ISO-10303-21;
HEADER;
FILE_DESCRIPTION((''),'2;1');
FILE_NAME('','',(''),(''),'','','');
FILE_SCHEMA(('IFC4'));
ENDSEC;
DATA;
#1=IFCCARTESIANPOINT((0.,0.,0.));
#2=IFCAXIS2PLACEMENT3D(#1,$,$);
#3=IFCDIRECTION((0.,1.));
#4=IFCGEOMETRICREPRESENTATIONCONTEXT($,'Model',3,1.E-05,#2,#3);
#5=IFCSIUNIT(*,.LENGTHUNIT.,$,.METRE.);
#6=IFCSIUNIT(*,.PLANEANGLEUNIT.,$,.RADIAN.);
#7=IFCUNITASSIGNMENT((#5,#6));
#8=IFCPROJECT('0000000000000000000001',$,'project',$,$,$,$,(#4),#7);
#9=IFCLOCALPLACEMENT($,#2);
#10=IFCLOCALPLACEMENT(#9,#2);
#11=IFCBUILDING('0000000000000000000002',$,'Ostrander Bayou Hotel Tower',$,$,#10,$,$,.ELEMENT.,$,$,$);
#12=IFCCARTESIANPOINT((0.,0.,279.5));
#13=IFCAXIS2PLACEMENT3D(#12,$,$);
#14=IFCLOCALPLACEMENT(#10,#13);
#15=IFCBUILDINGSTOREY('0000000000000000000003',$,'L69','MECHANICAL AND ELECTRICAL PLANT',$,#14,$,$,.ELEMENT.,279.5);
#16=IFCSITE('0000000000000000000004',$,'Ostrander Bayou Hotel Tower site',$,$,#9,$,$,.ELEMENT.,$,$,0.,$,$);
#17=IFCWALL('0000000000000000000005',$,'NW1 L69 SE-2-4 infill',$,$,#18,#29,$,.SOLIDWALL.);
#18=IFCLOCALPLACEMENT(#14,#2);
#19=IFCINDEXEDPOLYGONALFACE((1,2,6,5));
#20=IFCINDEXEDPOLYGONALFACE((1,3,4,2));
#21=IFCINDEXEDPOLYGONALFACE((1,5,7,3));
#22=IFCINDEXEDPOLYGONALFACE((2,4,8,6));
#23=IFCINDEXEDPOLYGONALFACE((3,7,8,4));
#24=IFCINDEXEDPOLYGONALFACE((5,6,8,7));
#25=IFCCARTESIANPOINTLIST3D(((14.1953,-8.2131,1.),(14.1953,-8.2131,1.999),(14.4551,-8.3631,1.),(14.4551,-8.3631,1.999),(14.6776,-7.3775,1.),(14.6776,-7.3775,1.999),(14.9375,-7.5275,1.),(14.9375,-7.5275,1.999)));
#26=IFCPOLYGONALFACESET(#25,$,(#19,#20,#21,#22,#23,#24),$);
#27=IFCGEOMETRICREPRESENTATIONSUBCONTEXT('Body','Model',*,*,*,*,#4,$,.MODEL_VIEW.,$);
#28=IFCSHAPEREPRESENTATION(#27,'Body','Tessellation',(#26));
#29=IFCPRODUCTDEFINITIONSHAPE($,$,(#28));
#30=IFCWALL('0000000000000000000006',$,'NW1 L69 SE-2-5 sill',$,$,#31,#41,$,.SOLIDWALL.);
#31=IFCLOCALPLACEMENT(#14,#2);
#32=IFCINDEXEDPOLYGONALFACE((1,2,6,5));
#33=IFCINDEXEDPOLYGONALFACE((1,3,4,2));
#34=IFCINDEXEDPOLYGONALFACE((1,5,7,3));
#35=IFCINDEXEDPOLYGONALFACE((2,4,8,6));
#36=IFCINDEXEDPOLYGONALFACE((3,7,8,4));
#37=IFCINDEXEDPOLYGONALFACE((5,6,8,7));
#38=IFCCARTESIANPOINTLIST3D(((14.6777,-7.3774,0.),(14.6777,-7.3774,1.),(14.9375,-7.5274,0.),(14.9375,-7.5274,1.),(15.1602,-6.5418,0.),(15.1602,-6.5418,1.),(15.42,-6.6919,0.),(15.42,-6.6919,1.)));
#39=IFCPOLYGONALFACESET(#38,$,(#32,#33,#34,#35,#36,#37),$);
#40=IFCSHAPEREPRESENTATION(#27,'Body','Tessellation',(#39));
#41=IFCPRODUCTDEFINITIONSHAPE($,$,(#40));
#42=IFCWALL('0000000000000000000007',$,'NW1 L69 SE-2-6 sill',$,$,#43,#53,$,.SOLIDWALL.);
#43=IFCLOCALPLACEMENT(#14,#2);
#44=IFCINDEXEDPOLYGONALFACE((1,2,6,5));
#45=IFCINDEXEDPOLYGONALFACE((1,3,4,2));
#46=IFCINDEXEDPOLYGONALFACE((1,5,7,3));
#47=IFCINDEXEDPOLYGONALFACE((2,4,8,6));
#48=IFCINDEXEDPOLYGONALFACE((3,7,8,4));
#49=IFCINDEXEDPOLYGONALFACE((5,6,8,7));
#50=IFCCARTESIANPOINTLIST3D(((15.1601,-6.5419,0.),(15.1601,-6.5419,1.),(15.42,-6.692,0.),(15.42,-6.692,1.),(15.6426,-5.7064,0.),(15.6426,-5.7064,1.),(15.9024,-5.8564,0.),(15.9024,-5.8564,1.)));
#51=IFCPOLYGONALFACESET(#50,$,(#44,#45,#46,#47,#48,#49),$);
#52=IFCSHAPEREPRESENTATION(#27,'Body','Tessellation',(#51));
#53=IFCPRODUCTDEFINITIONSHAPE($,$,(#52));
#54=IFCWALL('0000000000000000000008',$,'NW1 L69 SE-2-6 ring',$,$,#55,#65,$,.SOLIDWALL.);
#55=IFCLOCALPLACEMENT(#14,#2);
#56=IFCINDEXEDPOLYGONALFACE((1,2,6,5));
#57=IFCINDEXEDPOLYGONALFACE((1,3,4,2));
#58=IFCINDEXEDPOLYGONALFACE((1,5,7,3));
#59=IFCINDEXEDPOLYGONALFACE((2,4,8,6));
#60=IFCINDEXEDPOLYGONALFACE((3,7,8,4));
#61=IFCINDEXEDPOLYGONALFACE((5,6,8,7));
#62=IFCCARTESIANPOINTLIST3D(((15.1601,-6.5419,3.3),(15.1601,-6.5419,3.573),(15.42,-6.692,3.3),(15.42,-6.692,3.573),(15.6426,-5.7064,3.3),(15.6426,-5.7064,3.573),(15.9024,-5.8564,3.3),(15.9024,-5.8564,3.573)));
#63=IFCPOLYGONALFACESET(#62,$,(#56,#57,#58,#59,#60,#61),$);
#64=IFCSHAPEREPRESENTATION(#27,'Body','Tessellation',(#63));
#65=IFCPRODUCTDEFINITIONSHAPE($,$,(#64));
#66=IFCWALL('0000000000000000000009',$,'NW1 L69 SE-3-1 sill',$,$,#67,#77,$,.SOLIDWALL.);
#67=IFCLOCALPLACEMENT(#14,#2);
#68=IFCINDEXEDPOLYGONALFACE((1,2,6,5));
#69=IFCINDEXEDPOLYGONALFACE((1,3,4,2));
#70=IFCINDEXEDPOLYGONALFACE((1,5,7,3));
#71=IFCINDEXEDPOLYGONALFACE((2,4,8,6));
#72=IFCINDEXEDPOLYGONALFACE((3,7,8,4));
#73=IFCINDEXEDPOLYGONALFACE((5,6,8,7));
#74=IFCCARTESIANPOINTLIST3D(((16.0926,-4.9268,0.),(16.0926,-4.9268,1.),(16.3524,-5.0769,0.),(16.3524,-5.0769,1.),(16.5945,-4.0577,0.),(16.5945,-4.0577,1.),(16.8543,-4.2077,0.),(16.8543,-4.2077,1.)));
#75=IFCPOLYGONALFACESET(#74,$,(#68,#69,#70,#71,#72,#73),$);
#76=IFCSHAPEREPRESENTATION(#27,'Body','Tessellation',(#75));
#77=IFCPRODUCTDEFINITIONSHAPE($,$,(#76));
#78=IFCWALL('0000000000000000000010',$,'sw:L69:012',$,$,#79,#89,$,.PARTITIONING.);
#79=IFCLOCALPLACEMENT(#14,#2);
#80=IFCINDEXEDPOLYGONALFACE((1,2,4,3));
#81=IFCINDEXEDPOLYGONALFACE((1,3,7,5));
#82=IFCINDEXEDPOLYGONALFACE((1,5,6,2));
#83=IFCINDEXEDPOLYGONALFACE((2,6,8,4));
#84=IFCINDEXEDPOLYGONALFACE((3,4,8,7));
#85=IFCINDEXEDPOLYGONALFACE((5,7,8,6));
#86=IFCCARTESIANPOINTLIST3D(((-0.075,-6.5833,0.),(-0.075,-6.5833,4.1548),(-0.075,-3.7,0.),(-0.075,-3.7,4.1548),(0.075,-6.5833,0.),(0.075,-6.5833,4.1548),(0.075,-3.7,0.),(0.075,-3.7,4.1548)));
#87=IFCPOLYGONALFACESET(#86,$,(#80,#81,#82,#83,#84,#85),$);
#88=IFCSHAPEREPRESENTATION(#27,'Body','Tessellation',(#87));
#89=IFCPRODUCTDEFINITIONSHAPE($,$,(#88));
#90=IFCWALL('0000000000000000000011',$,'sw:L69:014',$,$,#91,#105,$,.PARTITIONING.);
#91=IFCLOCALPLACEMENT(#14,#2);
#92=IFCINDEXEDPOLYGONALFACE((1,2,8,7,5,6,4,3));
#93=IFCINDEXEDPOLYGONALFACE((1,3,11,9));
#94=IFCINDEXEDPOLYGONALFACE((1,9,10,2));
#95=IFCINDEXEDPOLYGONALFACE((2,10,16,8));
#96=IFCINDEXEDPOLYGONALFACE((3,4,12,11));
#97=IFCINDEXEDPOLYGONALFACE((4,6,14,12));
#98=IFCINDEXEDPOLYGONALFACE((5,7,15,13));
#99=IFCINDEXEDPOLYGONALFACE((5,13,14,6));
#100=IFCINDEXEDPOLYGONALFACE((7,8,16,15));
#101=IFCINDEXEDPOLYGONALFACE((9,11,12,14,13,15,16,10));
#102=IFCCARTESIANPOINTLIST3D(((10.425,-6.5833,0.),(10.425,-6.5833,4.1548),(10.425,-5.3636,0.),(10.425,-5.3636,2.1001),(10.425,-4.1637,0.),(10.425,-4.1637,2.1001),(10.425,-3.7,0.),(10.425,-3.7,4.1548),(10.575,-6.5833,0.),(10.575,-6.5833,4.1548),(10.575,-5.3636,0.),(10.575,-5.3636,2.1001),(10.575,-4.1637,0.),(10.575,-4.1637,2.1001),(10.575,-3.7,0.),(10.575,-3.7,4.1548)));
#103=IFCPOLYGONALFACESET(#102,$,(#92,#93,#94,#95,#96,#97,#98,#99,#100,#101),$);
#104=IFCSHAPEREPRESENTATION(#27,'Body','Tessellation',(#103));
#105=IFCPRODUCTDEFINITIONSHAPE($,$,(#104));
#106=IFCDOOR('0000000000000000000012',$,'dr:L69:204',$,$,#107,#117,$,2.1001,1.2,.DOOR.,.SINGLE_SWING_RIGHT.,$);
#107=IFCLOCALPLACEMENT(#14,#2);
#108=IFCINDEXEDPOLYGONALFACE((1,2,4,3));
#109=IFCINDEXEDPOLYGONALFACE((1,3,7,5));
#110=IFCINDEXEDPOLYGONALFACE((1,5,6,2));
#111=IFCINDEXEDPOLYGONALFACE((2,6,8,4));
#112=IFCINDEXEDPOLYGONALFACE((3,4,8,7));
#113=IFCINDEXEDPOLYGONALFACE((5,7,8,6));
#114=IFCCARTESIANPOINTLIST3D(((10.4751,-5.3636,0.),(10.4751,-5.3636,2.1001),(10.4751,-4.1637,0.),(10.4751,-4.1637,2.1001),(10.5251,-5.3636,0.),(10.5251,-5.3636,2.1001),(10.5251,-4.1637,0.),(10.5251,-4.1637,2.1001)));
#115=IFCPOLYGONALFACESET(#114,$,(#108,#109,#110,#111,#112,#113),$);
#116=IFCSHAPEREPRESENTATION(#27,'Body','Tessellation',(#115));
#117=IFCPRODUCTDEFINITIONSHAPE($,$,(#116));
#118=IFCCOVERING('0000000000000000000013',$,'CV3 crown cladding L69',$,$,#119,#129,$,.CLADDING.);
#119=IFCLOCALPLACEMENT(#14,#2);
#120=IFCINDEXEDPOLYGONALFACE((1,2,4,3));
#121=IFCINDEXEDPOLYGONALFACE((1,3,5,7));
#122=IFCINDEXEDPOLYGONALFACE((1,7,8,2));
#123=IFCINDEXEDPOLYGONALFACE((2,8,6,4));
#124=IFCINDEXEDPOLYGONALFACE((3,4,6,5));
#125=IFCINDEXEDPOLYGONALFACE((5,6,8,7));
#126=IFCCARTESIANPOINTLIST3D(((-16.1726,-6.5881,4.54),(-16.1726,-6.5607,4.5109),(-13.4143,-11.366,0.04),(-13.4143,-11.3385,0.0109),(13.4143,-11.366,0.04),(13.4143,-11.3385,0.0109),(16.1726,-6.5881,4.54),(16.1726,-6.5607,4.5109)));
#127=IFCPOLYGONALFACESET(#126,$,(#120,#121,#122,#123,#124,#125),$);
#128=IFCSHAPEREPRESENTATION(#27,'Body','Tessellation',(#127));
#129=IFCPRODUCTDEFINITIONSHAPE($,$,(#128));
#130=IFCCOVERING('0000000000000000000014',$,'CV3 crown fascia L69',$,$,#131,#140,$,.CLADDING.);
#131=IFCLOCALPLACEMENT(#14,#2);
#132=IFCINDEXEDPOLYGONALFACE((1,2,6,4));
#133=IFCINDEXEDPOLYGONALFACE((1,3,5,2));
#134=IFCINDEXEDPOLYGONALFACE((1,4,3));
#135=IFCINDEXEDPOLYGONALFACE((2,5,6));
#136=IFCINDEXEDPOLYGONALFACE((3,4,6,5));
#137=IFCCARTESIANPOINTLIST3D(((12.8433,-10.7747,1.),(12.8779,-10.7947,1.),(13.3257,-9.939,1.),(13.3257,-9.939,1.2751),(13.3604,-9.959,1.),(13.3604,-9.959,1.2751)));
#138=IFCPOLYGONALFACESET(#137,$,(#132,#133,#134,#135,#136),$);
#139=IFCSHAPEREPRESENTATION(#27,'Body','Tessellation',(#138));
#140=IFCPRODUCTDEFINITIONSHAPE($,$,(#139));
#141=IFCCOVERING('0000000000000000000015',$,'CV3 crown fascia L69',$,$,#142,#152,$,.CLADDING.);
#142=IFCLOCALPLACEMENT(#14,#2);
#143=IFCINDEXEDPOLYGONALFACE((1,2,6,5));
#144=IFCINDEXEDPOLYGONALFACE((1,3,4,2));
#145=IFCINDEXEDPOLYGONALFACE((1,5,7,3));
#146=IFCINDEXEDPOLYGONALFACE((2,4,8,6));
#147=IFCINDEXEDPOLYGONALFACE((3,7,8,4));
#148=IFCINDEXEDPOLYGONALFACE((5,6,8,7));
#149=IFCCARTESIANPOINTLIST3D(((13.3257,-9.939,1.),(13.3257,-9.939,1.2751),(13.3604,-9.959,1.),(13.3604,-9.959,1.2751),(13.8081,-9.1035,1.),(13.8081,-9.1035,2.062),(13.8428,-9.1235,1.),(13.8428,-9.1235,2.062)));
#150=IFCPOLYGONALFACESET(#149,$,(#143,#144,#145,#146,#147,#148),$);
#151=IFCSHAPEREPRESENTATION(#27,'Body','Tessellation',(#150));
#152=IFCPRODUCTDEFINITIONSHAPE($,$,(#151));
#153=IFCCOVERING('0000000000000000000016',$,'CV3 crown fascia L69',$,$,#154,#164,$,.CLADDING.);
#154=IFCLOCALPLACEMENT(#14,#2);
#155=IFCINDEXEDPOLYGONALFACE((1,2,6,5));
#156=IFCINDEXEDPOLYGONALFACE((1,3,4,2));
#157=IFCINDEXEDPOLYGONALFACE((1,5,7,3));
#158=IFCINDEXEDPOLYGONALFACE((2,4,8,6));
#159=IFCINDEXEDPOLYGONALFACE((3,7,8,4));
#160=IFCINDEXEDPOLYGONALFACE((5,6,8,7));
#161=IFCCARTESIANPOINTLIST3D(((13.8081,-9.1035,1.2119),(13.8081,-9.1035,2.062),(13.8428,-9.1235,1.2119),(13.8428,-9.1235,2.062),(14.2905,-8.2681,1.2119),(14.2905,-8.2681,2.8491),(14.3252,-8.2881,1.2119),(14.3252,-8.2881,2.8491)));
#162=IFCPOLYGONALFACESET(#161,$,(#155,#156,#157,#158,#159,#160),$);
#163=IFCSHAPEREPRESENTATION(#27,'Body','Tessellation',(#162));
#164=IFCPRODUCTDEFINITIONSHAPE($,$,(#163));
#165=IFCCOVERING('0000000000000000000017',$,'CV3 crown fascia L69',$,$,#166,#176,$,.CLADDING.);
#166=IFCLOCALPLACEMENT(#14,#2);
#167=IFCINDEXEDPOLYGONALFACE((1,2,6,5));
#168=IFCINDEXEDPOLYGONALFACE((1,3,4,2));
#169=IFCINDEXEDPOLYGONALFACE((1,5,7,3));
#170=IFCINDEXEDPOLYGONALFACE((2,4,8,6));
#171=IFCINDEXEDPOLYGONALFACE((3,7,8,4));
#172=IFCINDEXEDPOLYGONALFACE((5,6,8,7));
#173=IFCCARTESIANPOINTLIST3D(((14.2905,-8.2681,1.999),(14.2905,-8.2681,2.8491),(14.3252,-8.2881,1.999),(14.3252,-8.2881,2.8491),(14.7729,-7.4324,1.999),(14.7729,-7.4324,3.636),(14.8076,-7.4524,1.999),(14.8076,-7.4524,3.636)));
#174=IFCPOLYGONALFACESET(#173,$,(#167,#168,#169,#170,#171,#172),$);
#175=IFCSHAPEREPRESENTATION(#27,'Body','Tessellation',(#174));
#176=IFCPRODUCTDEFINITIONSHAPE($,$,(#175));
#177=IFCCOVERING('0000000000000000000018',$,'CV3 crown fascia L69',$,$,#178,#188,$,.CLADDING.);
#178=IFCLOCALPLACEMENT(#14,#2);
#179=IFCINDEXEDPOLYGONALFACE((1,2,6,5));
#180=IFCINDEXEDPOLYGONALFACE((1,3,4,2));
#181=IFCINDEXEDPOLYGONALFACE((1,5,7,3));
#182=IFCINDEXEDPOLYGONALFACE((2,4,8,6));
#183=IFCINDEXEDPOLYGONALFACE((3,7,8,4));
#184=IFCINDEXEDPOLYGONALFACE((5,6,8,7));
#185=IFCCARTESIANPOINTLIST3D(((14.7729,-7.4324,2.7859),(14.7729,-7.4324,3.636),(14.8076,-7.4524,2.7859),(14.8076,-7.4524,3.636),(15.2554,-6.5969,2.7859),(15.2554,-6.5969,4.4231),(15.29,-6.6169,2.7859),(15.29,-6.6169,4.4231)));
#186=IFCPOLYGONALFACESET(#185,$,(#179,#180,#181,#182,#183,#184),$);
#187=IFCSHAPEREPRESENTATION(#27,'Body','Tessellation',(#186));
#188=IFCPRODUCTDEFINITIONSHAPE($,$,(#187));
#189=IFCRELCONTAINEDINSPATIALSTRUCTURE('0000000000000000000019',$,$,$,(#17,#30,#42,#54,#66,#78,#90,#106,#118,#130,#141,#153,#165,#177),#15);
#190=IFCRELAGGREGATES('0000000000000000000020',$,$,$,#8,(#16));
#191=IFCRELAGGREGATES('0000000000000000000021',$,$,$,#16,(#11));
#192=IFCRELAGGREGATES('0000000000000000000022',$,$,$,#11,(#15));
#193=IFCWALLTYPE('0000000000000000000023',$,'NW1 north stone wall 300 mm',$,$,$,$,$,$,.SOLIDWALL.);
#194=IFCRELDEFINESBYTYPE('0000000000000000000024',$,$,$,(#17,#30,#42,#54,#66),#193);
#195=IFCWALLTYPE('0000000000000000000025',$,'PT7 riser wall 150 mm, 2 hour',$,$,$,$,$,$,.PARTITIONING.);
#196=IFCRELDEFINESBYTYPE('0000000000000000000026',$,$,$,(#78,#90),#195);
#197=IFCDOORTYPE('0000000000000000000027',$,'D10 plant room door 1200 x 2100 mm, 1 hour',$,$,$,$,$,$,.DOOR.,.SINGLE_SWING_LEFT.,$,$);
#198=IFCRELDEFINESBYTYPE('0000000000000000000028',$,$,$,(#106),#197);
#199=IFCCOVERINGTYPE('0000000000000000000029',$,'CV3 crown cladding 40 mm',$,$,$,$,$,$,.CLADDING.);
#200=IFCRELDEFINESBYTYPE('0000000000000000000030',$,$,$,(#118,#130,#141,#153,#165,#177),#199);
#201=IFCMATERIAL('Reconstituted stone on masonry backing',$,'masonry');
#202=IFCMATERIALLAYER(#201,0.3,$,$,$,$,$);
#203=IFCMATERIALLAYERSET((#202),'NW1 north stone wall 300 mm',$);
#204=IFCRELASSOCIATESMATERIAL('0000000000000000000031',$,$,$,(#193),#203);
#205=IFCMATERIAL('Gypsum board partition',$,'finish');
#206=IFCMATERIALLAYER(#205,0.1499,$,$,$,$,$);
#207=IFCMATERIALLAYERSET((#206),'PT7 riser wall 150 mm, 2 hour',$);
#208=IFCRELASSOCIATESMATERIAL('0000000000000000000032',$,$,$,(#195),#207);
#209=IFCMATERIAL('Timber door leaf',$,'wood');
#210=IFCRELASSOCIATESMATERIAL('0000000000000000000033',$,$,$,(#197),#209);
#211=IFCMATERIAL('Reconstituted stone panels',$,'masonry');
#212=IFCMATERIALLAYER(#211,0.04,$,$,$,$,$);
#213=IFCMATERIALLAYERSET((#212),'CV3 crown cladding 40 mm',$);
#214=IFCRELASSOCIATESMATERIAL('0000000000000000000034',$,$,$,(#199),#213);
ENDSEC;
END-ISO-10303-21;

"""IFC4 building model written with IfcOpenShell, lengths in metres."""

from ifc_helpers import new_model, si_unit, direction, frame, frame_2d, origin, place, context, subcontext, project, spatial, polyline, rectangle, outline, extrude, material, layer, layer_set, type_object, element, fill, save


model = new_model("IFC4")

# Units and contexts
model_context = context("Model", 3, precision=1e-05, world=origin(), true_north=direction((0.0, 1.0)))
body_context = subcontext(model_context, "Body", "Model", "MODEL_VIEW")
ifc_project = project(units=[si_unit("LENGTHUNIT", "METRE"), si_unit("PLANEANGLEUNIT", "RADIAN")], contexts=[model_context])

# Site, building, storey
site_placement = place(None, origin())
site = spatial("IfcSite", under=ifc_project, at=site_placement, Name="Ostrander Bayou Hotel Tower site", CompositionType="ELEMENT", RefElevation=0.0)
building_placement = place(site_placement, origin())
building = spatial("IfcBuilding", under=site, at=building_placement, Name="Ostrander Bayou Hotel Tower", CompositionType="ELEMENT")
storey_placement = place(building_placement, frame((0.0, 0.0, 279.5)))
storey = spatial("IfcBuildingStorey", under=building, at=storey_placement, Name="L69", Description="MECHANICAL AND ELECTRICAL PLANT", CompositionType="ELEMENT", Elevation=279.5)

# Walls
ifc_material_1 = material(Name="Reconstituted stone on masonry backing", Category="masonry")
ifc_layer_1 = layer(ifc_material_1, 0.3)
ifc_layer_set_1 = layer_set([ifc_layer_1], Name="NW1 north stone wall 300 mm")
wall_type_1 = type_object("IfcWallType", Name="NW1 north stone wall 300 mm", PredefinedType="SOLIDWALL", material=ifc_layer_set_1)
wall_1_placement = place(storey_placement, frame((14.3252, -8.2881, 1.0), z_axis=(0.0, 0.0, 1.0), x_axis=(0.499949, 0.866055, 0.0)))
element("IfcWall", 1, at=wall_1_placement, inside=storey, type_object=wall_type_1, Name="NW1 L69 SE-2-4 infill", PredefinedType="SOLIDWALL", context=body_context, shape_type="SweptSolid", body=[
    extrude(rectangle(XDim=0.9648, YDim=0.3, at=frame_2d((0.4824, 0.0))), origin(), (0.0, 0.0, 1.0), 0.999),
])
for number, where, z_axis, x_axis, name in (
    (2, (14.8076, -7.4524, 0.0), (0.0, 0.0, 1.0), (0.500058, 0.865992, 0.0), "NW1 L69 SE-2-5 sill"),
    (3, (15.29, -6.6169, 0.0), (0.0, 0.0, 1.0), (0.500058, 0.865992, 0.0), "NW1 L69 SE-2-6 sill"),
):
    element("IfcWall", number, at=place(storey_placement, frame(where, z_axis=z_axis, x_axis=x_axis)), inside=storey, type_object=wall_type_1, Name=name, PredefinedType="SOLIDWALL", context=body_context, shape_type="SweptSolid", body=[
        extrude(rectangle(XDim=0.9648, YDim=0.3, at=frame_2d((0.4824, 0.0))), origin(), (0.0, 0.0, 1.0), 1.0),
    ])
wall_2_placement = place(storey_placement, frame((15.29, -6.6169, 3.3), z_axis=(0.0, 0.0, 1.0), x_axis=(0.500058, 0.865992, 0.0)))
element("IfcWall", 4, at=wall_2_placement, inside=storey, type_object=wall_type_1, Name="NW1 L69 SE-2-6 ring", PredefinedType="SOLIDWALL", context=body_context, shape_type="SweptSolid", body=[
    extrude(rectangle(XDim=0.9648, YDim=0.3, at=frame_2d((0.4824, 0.0))), origin(), (0.0, 0.0, 1.0), 0.2729),
])
wall_3_placement = place(storey_placement, frame((16.2224, -5.002, 0.0), z_axis=(0.0, 0.0, 1.0), x_axis=(0.500115, 0.865959, 0.0)))
element("IfcWall", 5, at=wall_3_placement, inside=storey, type_object=wall_type_1, Name="NW1 L69 SE-3-1 sill", PredefinedType="SOLIDWALL", context=body_context, shape_type="SweptSolid", body=[
    extrude(rectangle(XDim=1.0037, YDim=0.3, at=frame_2d((0.502, 0.0))), origin(), (0.0, 0.0, 1.0), 1.0),
])
ifc_material_2 = material(Name="Gypsum board partition", Category="finish")
ifc_layer_2 = layer(ifc_material_2, 0.1499)
ifc_layer_set_2 = layer_set([ifc_layer_2], Name="PT7 riser wall 150 mm, 2 hour")
wall_type_2 = type_object("IfcWallType", Name="PT7 riser wall 150 mm, 2 hour", PredefinedType="PARTITIONING", material=ifc_layer_set_2)
wall_4_placement = place(storey_placement, frame((0.0, -6.5833, 0.0), z_axis=(0.0, 0.0, 1.0), x_axis=(0.0, 1.0, 0.0)))
element("IfcWall", 6, at=wall_4_placement, inside=storey, type_object=wall_type_2, Name="sw:L69:012", PredefinedType="PARTITIONING", context=body_context, shape_type="SweptSolid", body=[
    extrude(rectangle(XDim=2.8833, YDim=0.1499, at=frame_2d((1.4417, 0.0))), origin(), (0.0, 0.0, 1.0), 4.1548),
])

# Wall, opening, door
wall_5_placement = place(storey_placement, frame((10.5, -6.5833, 0.0), z_axis=(0.0, 0.0, 1.0), x_axis=(0.0, 1.0, 0.0)))
wall_5 = element("IfcWall", 7, at=wall_5_placement, inside=storey, type_object=wall_type_2, Name="sw:L69:014", PredefinedType="PARTITIONING", context=body_context, shape_type="SweptSolid", body=[
    extrude(rectangle(XDim=2.8833, YDim=0.1499, at=frame_2d((1.4417, 0.0))), origin(), (0.0, 0.0, 1.0), 4.1548),
])
opening_placement = place(wall_5_placement, frame((1.2195, 0.0, 0.0)))
opening = element("IfcOpeningElement", 8, at=opening_placement, cuts=wall_5, PredefinedType="OPENING", context=body_context, shape_type="SweptSolid", body=[
    extrude(rectangle(XDim=1.2, YDim=2.1001, at=frame_2d((0.6001, 1.05))), frame((0.0, 0.075, 0.0), z_axis=(0.0, -1.0, 0.0), x_axis=(1.0, 0.0, 0.0)), (0.0, 0.0, 1.0), 0.1499),
])
ifc_material_3 = material(Name="Timber door leaf", Category="wood")
door_type = type_object("IfcDoorType", Name="D10 plant room door 1200 x 2100 mm, 1 hour", OperationType="SINGLE_SWING_LEFT", PredefinedType="DOOR", material=ifc_material_3)
door_placement = place(opening_placement, origin())
door = element("IfcDoor", 9, at=door_placement, inside=storey, type_object=door_type, Name="dr:L69:204", OperationType="SINGLE_SWING_RIGHT", OverallHeight=2.1001, OverallWidth=1.2, PredefinedType="DOOR", context=body_context, shape_type="SweptSolid", body=[
    extrude(rectangle(XDim=1.2, YDim=2.1001, at=frame_2d((0.6001, 1.05))), frame((0.0, 0.0249, 0.0), z_axis=(0.0, -1.0, 0.0), x_axis=(1.0, 0.0, 0.0)), (0.0, 0.0, 1.0), 0.05),
])
fill(opening, door)

# Coverings
ifc_material_4 = material(Name="Reconstituted stone panels", Category="masonry")
ifc_layer_3 = layer(ifc_material_4, 0.04)
ifc_layer_set_3 = layer_set([ifc_layer_3], Name="CV3 crown cladding 40 mm")
covering_type = type_object("IfcCoveringType", Name="CV3 crown cladding 40 mm", PredefinedType="CLADDING", material=ifc_layer_set_3)
covering_1_placement = place(storey_placement, frame((13.4143, -11.366, 0.04), z_axis=(0.0, -0.685625, 0.727955), x_axis=(-1.0, 0.0, 0.0)))
element("IfcCovering", 10, at=covering_1_placement, inside=storey, type_object=covering_type, Name="CV3 crown cladding L69", PredefinedType="CLADDING", context=body_context, shape_type="SweptSolid", body=[
    extrude(outline(polyline([(0.0, 0.0), (26.8286, 0.0), (29.5869, -6.5634), (-2.7583, -6.5634), (0.0, 0.0)])), origin(), (0.0, 0.0, -1.0), 0.04),
])
covering_2_placement = place(storey_placement, frame((12.8779, -10.7947, 1.0), z_axis=(0.866055, -0.499949, 0.0), x_axis=(0.499949, 0.866055, 0.0)))
element("IfcCovering", 11, at=covering_2_placement, inside=storey, type_object=covering_type, Name="CV3 crown fascia L69", PredefinedType="CLADDING", context=body_context, shape_type="SweptSolid", body=[
    extrude(outline(polyline([(0.0, 0.0), (0.9649, 0.0), (0.9649, 0.2751), (0.0, 0.0), (0.0, 0.0)])), origin(), (0.0, 0.0, -1.0), 0.04),
])
covering_3_placement = place(storey_placement, frame((13.3604, -9.959, 1.0), z_axis=(0.865992, -0.500058, 0.0), x_axis=(0.500058, 0.865992, 0.0)))
element("IfcCovering", 12, at=covering_3_placement, inside=storey, type_object=covering_type, Name="CV3 crown fascia L69", PredefinedType="CLADDING", context=body_context, shape_type="SweptSolid", body=[
    extrude(outline(polyline([(0.0, 0.0), (0.9647, 0.0), (0.9647, 1.062), (0.0, 0.2751), (0.0, 0.0)])), origin(), (0.0, 0.0, -1.0), 0.04),
])
covering_4_placement = place(storey_placement, frame((13.8428, -9.1235, 1.2119), z_axis=(0.865992, -0.500058, 0.0), x_axis=(0.500058, 0.865992, 0.0)))
element("IfcCovering", 13, at=covering_4_placement, inside=storey, type_object=covering_type, Name="CV3 crown fascia L69", PredefinedType="CLADDING", context=body_context, shape_type="SweptSolid", body=[
    extrude(outline(polyline([(0.0, 0.0), (0.9647, 0.0), (0.9647, 1.6372), (0.0, 0.8501), (0.0, 0.0)])), origin(), (0.0, 0.0, -1.0), 0.04),
])
covering_5_placement = place(storey_placement, frame((14.3252, -8.2881, 1.999), z_axis=(0.866055, -0.499949, 0.0), x_axis=(0.499949, 0.866055, 0.0)))
element("IfcCovering", 14, at=covering_5_placement, inside=storey, type_object=covering_type, Name="CV3 crown fascia L69", PredefinedType="CLADDING", context=body_context, shape_type="SweptSolid", body=[
    extrude(outline(polyline([(0.0, 0.0), (0.9649, 0.0), (0.9649, 1.637), (0.0, 0.8501), (0.0, 0.0)])), origin(), (0.0, 0.0, -1.0), 0.04),
])
covering_6_placement = place(storey_placement, frame((14.8076, -7.4524, 2.7859), z_axis=(0.865992, -0.500058, 0.0), x_axis=(0.500058, 0.865992, 0.0)))
element("IfcCovering", 15, at=covering_6_placement, inside=storey, type_object=covering_type, Name="CV3 crown fascia L69", PredefinedType="CLADDING", context=body_context, shape_type="SweptSolid", body=[
    extrude(outline(polyline([(0.0, 0.0), (0.9647, 0.0), (0.9647, 1.6372), (0.0, 0.8501), (0.0, 0.0)])), origin(), (0.0, 0.0, -1.0), 0.04),
])

save(model, "model.ifc")
